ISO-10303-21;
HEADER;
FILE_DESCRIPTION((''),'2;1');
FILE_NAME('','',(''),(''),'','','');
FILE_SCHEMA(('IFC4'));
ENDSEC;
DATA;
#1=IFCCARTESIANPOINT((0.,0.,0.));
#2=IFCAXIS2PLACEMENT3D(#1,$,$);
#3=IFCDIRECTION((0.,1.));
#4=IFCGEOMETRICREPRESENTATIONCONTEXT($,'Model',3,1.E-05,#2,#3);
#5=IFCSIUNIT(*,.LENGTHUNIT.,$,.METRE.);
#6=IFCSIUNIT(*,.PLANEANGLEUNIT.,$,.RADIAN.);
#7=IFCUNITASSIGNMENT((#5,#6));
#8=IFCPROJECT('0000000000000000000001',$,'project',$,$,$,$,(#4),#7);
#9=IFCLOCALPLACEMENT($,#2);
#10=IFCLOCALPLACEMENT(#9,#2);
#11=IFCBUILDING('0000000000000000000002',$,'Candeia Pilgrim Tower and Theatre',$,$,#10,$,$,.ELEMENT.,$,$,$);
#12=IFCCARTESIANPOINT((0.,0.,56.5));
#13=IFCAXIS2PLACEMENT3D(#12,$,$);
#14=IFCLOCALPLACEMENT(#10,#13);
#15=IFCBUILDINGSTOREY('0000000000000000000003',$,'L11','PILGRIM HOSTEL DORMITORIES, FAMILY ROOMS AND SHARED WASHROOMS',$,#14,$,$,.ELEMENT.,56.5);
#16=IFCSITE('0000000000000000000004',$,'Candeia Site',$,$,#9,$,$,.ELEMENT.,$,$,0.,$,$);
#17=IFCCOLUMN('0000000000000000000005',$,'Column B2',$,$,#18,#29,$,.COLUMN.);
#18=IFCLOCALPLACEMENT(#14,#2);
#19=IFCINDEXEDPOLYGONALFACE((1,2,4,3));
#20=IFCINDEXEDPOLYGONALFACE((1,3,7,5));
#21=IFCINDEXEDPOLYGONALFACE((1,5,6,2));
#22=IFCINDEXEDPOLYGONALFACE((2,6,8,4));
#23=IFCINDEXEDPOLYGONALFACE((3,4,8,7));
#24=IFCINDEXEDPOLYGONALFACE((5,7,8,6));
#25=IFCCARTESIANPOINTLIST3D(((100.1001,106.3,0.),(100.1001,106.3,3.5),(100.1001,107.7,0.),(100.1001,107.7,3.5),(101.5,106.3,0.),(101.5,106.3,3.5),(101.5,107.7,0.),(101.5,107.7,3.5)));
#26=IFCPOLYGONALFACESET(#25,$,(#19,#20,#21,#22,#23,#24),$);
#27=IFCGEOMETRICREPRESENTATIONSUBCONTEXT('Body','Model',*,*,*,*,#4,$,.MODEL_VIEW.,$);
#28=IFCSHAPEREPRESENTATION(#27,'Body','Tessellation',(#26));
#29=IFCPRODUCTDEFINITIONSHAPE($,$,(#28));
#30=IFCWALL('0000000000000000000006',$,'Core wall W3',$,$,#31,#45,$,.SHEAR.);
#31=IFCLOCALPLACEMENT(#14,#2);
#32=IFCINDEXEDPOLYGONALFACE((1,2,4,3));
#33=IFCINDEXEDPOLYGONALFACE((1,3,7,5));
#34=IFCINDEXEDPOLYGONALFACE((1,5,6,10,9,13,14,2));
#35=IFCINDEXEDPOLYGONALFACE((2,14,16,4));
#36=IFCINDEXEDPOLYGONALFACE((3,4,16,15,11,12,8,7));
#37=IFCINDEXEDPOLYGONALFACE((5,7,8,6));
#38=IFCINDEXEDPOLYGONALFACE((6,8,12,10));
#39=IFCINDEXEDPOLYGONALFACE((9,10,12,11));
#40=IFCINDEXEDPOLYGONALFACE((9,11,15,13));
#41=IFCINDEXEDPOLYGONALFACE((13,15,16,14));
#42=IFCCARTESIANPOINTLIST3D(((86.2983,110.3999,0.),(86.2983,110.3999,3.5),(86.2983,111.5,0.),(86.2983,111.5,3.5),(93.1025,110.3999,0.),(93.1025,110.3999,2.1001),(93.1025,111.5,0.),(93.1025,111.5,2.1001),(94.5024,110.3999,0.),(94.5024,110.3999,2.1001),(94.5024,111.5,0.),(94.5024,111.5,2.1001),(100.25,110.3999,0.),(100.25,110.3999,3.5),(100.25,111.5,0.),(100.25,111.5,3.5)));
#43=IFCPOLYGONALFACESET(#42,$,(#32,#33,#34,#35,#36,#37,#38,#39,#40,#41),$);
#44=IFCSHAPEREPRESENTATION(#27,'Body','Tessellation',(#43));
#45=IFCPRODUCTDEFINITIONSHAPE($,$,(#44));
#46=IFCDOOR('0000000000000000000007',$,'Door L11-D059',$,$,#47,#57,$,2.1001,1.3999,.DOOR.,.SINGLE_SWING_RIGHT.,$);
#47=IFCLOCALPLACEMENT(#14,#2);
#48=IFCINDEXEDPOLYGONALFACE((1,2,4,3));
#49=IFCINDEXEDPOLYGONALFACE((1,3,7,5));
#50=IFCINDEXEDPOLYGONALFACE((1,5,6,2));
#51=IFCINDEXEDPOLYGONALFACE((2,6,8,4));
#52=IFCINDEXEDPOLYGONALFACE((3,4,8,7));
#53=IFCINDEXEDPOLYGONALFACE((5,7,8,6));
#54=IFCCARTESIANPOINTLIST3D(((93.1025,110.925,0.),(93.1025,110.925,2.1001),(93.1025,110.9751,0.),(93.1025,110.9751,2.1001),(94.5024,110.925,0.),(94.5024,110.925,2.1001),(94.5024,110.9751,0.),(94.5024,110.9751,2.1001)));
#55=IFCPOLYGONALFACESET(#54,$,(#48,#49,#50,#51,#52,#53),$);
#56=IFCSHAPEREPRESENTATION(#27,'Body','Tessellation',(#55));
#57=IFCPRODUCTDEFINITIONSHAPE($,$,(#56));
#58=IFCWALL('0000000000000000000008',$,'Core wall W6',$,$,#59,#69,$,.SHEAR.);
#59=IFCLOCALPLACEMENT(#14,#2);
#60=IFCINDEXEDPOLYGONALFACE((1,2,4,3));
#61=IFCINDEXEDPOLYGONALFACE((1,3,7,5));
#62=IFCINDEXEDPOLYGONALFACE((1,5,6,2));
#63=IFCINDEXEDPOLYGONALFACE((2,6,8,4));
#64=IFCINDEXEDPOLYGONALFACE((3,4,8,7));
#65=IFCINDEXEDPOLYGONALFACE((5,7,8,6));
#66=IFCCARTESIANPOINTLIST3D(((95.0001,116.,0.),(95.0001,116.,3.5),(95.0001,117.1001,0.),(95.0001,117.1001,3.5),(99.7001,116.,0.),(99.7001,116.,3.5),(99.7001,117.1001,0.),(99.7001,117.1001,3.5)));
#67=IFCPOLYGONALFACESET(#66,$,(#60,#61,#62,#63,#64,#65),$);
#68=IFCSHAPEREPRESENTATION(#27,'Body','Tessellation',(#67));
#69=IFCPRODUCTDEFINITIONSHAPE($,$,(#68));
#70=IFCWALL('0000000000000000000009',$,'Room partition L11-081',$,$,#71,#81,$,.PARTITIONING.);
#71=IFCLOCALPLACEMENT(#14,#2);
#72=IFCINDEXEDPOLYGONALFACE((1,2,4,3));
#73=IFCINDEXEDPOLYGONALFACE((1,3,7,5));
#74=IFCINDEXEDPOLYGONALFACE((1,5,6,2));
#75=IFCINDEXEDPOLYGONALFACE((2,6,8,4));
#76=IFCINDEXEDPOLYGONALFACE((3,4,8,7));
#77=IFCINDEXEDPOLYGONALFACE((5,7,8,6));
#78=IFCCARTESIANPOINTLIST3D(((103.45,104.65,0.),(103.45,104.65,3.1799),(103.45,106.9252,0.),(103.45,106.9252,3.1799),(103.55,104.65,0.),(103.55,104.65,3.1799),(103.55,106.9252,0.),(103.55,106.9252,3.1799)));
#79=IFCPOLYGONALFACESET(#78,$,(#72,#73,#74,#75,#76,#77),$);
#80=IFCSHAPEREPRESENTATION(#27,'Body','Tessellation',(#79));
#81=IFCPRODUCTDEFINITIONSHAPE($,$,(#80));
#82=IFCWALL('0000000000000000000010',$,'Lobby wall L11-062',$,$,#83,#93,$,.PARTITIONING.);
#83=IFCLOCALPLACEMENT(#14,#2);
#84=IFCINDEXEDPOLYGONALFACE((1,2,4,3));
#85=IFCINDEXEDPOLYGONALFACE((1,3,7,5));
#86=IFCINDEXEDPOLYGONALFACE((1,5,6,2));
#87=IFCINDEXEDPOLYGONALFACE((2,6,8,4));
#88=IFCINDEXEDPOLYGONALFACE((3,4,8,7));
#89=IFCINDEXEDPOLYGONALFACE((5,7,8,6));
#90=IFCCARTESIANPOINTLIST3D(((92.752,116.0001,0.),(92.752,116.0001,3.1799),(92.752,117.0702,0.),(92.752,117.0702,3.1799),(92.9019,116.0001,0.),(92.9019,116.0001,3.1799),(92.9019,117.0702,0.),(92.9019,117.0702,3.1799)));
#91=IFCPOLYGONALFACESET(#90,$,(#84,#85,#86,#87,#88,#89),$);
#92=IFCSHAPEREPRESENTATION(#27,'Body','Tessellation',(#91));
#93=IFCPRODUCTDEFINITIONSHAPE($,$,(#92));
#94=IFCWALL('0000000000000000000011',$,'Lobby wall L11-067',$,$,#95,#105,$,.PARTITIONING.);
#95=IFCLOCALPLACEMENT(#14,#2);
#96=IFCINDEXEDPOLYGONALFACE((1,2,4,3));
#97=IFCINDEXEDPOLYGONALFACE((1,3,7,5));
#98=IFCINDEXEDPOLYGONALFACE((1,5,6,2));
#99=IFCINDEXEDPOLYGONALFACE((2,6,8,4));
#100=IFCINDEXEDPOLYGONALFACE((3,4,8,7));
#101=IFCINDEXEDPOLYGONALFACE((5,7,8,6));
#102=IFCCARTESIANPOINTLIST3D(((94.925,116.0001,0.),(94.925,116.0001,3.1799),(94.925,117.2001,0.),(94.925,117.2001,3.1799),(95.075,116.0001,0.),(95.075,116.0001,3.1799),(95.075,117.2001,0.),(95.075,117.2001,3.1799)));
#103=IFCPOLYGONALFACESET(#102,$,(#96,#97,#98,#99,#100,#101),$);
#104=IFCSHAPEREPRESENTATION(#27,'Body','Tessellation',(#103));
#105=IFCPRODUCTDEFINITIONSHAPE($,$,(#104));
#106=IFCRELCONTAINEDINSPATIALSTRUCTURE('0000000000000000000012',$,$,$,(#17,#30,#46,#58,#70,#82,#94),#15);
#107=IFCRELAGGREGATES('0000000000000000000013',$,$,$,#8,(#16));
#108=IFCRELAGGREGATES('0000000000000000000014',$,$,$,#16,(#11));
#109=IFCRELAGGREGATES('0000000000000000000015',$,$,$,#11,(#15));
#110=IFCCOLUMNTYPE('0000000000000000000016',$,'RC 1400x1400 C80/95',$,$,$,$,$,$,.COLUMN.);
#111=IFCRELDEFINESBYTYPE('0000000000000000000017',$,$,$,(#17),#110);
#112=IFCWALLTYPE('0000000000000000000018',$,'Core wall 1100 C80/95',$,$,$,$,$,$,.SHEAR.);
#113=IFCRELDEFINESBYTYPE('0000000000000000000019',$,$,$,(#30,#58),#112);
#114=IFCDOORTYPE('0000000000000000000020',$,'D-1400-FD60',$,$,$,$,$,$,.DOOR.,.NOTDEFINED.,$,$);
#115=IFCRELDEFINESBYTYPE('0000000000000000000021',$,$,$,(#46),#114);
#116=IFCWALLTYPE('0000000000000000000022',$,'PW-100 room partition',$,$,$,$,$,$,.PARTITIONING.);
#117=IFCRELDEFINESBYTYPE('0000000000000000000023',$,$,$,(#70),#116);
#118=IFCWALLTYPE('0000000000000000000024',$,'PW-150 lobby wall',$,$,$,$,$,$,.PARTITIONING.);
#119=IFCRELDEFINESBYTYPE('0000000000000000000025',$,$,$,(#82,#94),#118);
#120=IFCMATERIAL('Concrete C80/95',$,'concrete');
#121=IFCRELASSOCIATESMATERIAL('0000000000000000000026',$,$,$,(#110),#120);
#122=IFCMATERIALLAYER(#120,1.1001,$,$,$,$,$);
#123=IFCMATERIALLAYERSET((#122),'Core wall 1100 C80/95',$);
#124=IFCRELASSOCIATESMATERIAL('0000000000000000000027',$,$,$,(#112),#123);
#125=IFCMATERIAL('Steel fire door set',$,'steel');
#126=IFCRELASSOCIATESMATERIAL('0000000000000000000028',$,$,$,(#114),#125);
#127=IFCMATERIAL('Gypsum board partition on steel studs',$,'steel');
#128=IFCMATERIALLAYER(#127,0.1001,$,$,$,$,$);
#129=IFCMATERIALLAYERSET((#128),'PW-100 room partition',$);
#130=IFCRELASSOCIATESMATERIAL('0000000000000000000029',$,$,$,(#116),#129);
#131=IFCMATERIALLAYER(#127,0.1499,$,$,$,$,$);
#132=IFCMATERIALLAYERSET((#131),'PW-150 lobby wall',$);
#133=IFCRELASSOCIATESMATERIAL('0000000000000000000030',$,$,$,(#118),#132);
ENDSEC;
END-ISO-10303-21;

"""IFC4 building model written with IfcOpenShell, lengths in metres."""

from ifc_helpers import new_model, si_unit, direction, frame, frame_2d, origin, origin_2d, place, context, subcontext, project, spatial, rectangle, extrude, material, layer, layer_set, material_profile, profile_set, type_object, element, fill, save


model = new_model("IFC4")

# Units and contexts
model_context = context("Model", 3, precision=1e-05, world=origin(), true_north=direction((0.0, 1.0)))
body_context = subcontext(model_context, "Body", "Model", "MODEL_VIEW")
ifc_project = project(units=[si_unit("LENGTHUNIT", "METRE"), si_unit("PLANEANGLEUNIT", "RADIAN")], contexts=[model_context])

# Site, building, storey
site_placement = place(None, origin())
site = spatial("IfcSite", under=ifc_project, at=site_placement, Name="Candeia Site", CompositionType="ELEMENT", RefElevation=0.0)
building_placement = place(site_placement, origin())
building = spatial("IfcBuilding", under=site, at=building_placement, Name="Candeia Pilgrim Tower and Theatre", CompositionType="ELEMENT")
storey_placement = place(building_placement, frame((0.0, 0.0, 56.5)))
storey = spatial("IfcBuildingStorey", under=building, at=storey_placement, Name="L11", Description="PILGRIM HOSTEL DORMITORIES, FAMILY ROOMS AND SHARED WASHROOMS", CompositionType="ELEMENT", Elevation=56.5)

# Column
ifc_material_1 = material(Name="Concrete C80/95", Category="concrete")
ifc_material_profile = material_profile(ifc_material_1, rectangle(XDim=1.3999, YDim=1.3999, at=origin_2d()))
ifc_profile_set = profile_set([ifc_material_profile], Name="Concrete C80/95")
column_type = type_object("IfcColumnType", Name="RC 1400x1400 C80/95", PredefinedType="COLUMN", material=ifc_profile_set)
column_placement = place(storey_placement, frame((100.8, 107.0, 0.0), z_axis=(0.0, 0.0, 1.0), x_axis=(1.0, 0.0, 0.0)))
element("IfcColumn", 1, at=column_placement, inside=storey, type_object=column_type, Name="Column B2", PredefinedType="COLUMN", context=body_context, shape_type="SweptSolid", body=[
    extrude(rectangle(XDim=1.3999, YDim=1.3999, at=origin_2d()), origin(), (0.0, 0.0, 1.0), 3.5),
])

# Wall, opening, door
ifc_layer_1 = layer(ifc_material_1, 1.1001)
ifc_layer_set_1 = layer_set([ifc_layer_1], Name="Core wall 1100 C80/95")
wall_type_1 = type_object("IfcWallType", Name="Core wall 1100 C80/95", PredefinedType="SHEAR", material=ifc_layer_set_1)
wall_1_placement = place(storey_placement, frame((100.25, 110.95, 0.0), z_axis=(0.0, 0.0, 1.0), x_axis=(-1.0, 0.0, 0.0)))
wall_1 = element("IfcWall", 2, at=wall_1_placement, inside=storey, type_object=wall_type_1, Name="Core wall W3", PredefinedType="SHEAR", context=body_context, shape_type="SweptSolid", body=[
    extrude(rectangle(XDim=13.9517, YDim=1.1001, at=frame_2d((6.9758, 0.0))), origin(), (0.0, 0.0, 1.0), 3.5),
])
opening_1_placement = place(wall_1_placement, frame((5.7476, 0.0, 0.0)))
opening_1 = element("IfcOpeningElement", 3, at=opening_1_placement, cuts=wall_1, PredefinedType="OPENING", context=body_context, shape_type="SweptSolid", body=[
    extrude(rectangle(XDim=1.3999, YDim=2.1001, at=frame_2d((0.7, 1.05))), frame((0.0, 0.5601, 0.0), z_axis=(0.0, -1.0, 0.0), x_axis=(1.0, 0.0, 0.0)), (0.0, 0.0, 1.0), 1.1201),
])
ifc_material_2 = material(Name="Steel fire door set", Category="steel")
door_type_1 = type_object("IfcDoorType", Name="D-1400-FD60", OperationType="NOTDEFINED", PredefinedType="DOOR", material=ifc_material_2)
door_1_placement = place(opening_1_placement, origin())
door_1 = element("IfcDoor", 4, at=door_1_placement, inside=storey, type_object=door_type_1, Name="Door L11-D059", OperationType="SINGLE_SWING_RIGHT", OverallHeight=2.1001, OverallWidth=1.3999, PredefinedType="DOOR", context=body_context, shape_type="SweptSolid", body=[
    extrude(rectangle(XDim=1.3999, YDim=2.1001, at=frame_2d((0.7, 1.05))), frame((0.0, 0.0249, 0.0), z_axis=(0.0, -1.0, 0.0), x_axis=(1.0, 0.0, 0.0)), (0.0, 0.0, 1.0), 0.05),
])
fill(opening_1, door_1)

# Walls
wall_2_placement = place(storey_placement, frame((95.0, 116.55, 0.0), z_axis=(0.0, 0.0, 1.0), x_axis=(1.0, 0.0, 0.0)))
element("IfcWall", 5, at=wall_2_placement, inside=storey, type_object=wall_type_1, Name="Core wall W6", PredefinedType="SHEAR", context=body_context, shape_type="SweptSolid", body=[
    extrude(rectangle(XDim=4.7, YDim=1.1001, at=frame_2d((2.3501, 0.0))), origin(), (0.0, 0.0, 1.0), 3.5),
])
ifc_material_3 = material(Name="Gypsum board partition on steel studs", Category="steel")
ifc_layer_2 = layer(ifc_material_3, 0.1001)
ifc_layer_set_2 = layer_set([ifc_layer_2], Name="PW-100 room partition")
wall_type_2 = type_object("IfcWallType", Name="PW-100 room partition", PredefinedType="PARTITIONING", material=ifc_layer_set_2)
wall_3_placement = place(storey_placement, frame((103.5, 104.6499, 0.0), z_axis=(0.0, 0.0, 1.0), x_axis=(0.0, 1.0, 0.0)))
element("IfcWall", 6, at=wall_3_placement, inside=storey, type_object=wall_type_2, Name="Room partition L11-081", PredefinedType="PARTITIONING", context=body_context, shape_type="SweptSolid", body=[
    extrude(rectangle(XDim=2.2751, YDim=0.1001, at=frame_2d((1.1377, 0.0))), origin(), (0.0, 0.0, 1.0), 3.1799),
])
ifc_layer_3 = layer(ifc_material_3, 0.1499)
ifc_layer_set_3 = layer_set([ifc_layer_3], Name="PW-150 lobby wall")
wall_type_3 = type_object("IfcWallType", Name="PW-150 lobby wall", PredefinedType="PARTITIONING", material=ifc_layer_set_3)
wall_4_placement = place(storey_placement, frame((92.8269, 116.0, 0.0), z_axis=(0.0, 0.0, 1.0), x_axis=(0.0, 1.0, 0.0)))
element("IfcWall", 7, at=wall_4_placement, inside=storey, type_object=wall_type_3, Name="Lobby wall L11-062", PredefinedType="PARTITIONING", context=body_context, shape_type="SweptSolid", body=[
    extrude(rectangle(XDim=1.0701, YDim=0.1499, at=frame_2d((0.5352, 0.0))), origin(), (0.0, 0.0, 1.0), 3.1799),
])
wall_5_placement = place(storey_placement, frame((95.0, 116.0, 0.0), z_axis=(0.0, 0.0, 1.0), x_axis=(0.0, 1.0, 0.0)))
element("IfcWall", 8, at=wall_5_placement, inside=storey, type_object=wall_type_3, Name="Lobby wall L11-067", PredefinedType="PARTITIONING", context=body_context, shape_type="SweptSolid", body=[
    extrude(rectangle(XDim=1.2, YDim=0.1499, at=frame_2d((0.6001, 0.0))), origin(), (0.0, 0.0, 1.0), 3.1799),
])

save(model, "model.ifc")
